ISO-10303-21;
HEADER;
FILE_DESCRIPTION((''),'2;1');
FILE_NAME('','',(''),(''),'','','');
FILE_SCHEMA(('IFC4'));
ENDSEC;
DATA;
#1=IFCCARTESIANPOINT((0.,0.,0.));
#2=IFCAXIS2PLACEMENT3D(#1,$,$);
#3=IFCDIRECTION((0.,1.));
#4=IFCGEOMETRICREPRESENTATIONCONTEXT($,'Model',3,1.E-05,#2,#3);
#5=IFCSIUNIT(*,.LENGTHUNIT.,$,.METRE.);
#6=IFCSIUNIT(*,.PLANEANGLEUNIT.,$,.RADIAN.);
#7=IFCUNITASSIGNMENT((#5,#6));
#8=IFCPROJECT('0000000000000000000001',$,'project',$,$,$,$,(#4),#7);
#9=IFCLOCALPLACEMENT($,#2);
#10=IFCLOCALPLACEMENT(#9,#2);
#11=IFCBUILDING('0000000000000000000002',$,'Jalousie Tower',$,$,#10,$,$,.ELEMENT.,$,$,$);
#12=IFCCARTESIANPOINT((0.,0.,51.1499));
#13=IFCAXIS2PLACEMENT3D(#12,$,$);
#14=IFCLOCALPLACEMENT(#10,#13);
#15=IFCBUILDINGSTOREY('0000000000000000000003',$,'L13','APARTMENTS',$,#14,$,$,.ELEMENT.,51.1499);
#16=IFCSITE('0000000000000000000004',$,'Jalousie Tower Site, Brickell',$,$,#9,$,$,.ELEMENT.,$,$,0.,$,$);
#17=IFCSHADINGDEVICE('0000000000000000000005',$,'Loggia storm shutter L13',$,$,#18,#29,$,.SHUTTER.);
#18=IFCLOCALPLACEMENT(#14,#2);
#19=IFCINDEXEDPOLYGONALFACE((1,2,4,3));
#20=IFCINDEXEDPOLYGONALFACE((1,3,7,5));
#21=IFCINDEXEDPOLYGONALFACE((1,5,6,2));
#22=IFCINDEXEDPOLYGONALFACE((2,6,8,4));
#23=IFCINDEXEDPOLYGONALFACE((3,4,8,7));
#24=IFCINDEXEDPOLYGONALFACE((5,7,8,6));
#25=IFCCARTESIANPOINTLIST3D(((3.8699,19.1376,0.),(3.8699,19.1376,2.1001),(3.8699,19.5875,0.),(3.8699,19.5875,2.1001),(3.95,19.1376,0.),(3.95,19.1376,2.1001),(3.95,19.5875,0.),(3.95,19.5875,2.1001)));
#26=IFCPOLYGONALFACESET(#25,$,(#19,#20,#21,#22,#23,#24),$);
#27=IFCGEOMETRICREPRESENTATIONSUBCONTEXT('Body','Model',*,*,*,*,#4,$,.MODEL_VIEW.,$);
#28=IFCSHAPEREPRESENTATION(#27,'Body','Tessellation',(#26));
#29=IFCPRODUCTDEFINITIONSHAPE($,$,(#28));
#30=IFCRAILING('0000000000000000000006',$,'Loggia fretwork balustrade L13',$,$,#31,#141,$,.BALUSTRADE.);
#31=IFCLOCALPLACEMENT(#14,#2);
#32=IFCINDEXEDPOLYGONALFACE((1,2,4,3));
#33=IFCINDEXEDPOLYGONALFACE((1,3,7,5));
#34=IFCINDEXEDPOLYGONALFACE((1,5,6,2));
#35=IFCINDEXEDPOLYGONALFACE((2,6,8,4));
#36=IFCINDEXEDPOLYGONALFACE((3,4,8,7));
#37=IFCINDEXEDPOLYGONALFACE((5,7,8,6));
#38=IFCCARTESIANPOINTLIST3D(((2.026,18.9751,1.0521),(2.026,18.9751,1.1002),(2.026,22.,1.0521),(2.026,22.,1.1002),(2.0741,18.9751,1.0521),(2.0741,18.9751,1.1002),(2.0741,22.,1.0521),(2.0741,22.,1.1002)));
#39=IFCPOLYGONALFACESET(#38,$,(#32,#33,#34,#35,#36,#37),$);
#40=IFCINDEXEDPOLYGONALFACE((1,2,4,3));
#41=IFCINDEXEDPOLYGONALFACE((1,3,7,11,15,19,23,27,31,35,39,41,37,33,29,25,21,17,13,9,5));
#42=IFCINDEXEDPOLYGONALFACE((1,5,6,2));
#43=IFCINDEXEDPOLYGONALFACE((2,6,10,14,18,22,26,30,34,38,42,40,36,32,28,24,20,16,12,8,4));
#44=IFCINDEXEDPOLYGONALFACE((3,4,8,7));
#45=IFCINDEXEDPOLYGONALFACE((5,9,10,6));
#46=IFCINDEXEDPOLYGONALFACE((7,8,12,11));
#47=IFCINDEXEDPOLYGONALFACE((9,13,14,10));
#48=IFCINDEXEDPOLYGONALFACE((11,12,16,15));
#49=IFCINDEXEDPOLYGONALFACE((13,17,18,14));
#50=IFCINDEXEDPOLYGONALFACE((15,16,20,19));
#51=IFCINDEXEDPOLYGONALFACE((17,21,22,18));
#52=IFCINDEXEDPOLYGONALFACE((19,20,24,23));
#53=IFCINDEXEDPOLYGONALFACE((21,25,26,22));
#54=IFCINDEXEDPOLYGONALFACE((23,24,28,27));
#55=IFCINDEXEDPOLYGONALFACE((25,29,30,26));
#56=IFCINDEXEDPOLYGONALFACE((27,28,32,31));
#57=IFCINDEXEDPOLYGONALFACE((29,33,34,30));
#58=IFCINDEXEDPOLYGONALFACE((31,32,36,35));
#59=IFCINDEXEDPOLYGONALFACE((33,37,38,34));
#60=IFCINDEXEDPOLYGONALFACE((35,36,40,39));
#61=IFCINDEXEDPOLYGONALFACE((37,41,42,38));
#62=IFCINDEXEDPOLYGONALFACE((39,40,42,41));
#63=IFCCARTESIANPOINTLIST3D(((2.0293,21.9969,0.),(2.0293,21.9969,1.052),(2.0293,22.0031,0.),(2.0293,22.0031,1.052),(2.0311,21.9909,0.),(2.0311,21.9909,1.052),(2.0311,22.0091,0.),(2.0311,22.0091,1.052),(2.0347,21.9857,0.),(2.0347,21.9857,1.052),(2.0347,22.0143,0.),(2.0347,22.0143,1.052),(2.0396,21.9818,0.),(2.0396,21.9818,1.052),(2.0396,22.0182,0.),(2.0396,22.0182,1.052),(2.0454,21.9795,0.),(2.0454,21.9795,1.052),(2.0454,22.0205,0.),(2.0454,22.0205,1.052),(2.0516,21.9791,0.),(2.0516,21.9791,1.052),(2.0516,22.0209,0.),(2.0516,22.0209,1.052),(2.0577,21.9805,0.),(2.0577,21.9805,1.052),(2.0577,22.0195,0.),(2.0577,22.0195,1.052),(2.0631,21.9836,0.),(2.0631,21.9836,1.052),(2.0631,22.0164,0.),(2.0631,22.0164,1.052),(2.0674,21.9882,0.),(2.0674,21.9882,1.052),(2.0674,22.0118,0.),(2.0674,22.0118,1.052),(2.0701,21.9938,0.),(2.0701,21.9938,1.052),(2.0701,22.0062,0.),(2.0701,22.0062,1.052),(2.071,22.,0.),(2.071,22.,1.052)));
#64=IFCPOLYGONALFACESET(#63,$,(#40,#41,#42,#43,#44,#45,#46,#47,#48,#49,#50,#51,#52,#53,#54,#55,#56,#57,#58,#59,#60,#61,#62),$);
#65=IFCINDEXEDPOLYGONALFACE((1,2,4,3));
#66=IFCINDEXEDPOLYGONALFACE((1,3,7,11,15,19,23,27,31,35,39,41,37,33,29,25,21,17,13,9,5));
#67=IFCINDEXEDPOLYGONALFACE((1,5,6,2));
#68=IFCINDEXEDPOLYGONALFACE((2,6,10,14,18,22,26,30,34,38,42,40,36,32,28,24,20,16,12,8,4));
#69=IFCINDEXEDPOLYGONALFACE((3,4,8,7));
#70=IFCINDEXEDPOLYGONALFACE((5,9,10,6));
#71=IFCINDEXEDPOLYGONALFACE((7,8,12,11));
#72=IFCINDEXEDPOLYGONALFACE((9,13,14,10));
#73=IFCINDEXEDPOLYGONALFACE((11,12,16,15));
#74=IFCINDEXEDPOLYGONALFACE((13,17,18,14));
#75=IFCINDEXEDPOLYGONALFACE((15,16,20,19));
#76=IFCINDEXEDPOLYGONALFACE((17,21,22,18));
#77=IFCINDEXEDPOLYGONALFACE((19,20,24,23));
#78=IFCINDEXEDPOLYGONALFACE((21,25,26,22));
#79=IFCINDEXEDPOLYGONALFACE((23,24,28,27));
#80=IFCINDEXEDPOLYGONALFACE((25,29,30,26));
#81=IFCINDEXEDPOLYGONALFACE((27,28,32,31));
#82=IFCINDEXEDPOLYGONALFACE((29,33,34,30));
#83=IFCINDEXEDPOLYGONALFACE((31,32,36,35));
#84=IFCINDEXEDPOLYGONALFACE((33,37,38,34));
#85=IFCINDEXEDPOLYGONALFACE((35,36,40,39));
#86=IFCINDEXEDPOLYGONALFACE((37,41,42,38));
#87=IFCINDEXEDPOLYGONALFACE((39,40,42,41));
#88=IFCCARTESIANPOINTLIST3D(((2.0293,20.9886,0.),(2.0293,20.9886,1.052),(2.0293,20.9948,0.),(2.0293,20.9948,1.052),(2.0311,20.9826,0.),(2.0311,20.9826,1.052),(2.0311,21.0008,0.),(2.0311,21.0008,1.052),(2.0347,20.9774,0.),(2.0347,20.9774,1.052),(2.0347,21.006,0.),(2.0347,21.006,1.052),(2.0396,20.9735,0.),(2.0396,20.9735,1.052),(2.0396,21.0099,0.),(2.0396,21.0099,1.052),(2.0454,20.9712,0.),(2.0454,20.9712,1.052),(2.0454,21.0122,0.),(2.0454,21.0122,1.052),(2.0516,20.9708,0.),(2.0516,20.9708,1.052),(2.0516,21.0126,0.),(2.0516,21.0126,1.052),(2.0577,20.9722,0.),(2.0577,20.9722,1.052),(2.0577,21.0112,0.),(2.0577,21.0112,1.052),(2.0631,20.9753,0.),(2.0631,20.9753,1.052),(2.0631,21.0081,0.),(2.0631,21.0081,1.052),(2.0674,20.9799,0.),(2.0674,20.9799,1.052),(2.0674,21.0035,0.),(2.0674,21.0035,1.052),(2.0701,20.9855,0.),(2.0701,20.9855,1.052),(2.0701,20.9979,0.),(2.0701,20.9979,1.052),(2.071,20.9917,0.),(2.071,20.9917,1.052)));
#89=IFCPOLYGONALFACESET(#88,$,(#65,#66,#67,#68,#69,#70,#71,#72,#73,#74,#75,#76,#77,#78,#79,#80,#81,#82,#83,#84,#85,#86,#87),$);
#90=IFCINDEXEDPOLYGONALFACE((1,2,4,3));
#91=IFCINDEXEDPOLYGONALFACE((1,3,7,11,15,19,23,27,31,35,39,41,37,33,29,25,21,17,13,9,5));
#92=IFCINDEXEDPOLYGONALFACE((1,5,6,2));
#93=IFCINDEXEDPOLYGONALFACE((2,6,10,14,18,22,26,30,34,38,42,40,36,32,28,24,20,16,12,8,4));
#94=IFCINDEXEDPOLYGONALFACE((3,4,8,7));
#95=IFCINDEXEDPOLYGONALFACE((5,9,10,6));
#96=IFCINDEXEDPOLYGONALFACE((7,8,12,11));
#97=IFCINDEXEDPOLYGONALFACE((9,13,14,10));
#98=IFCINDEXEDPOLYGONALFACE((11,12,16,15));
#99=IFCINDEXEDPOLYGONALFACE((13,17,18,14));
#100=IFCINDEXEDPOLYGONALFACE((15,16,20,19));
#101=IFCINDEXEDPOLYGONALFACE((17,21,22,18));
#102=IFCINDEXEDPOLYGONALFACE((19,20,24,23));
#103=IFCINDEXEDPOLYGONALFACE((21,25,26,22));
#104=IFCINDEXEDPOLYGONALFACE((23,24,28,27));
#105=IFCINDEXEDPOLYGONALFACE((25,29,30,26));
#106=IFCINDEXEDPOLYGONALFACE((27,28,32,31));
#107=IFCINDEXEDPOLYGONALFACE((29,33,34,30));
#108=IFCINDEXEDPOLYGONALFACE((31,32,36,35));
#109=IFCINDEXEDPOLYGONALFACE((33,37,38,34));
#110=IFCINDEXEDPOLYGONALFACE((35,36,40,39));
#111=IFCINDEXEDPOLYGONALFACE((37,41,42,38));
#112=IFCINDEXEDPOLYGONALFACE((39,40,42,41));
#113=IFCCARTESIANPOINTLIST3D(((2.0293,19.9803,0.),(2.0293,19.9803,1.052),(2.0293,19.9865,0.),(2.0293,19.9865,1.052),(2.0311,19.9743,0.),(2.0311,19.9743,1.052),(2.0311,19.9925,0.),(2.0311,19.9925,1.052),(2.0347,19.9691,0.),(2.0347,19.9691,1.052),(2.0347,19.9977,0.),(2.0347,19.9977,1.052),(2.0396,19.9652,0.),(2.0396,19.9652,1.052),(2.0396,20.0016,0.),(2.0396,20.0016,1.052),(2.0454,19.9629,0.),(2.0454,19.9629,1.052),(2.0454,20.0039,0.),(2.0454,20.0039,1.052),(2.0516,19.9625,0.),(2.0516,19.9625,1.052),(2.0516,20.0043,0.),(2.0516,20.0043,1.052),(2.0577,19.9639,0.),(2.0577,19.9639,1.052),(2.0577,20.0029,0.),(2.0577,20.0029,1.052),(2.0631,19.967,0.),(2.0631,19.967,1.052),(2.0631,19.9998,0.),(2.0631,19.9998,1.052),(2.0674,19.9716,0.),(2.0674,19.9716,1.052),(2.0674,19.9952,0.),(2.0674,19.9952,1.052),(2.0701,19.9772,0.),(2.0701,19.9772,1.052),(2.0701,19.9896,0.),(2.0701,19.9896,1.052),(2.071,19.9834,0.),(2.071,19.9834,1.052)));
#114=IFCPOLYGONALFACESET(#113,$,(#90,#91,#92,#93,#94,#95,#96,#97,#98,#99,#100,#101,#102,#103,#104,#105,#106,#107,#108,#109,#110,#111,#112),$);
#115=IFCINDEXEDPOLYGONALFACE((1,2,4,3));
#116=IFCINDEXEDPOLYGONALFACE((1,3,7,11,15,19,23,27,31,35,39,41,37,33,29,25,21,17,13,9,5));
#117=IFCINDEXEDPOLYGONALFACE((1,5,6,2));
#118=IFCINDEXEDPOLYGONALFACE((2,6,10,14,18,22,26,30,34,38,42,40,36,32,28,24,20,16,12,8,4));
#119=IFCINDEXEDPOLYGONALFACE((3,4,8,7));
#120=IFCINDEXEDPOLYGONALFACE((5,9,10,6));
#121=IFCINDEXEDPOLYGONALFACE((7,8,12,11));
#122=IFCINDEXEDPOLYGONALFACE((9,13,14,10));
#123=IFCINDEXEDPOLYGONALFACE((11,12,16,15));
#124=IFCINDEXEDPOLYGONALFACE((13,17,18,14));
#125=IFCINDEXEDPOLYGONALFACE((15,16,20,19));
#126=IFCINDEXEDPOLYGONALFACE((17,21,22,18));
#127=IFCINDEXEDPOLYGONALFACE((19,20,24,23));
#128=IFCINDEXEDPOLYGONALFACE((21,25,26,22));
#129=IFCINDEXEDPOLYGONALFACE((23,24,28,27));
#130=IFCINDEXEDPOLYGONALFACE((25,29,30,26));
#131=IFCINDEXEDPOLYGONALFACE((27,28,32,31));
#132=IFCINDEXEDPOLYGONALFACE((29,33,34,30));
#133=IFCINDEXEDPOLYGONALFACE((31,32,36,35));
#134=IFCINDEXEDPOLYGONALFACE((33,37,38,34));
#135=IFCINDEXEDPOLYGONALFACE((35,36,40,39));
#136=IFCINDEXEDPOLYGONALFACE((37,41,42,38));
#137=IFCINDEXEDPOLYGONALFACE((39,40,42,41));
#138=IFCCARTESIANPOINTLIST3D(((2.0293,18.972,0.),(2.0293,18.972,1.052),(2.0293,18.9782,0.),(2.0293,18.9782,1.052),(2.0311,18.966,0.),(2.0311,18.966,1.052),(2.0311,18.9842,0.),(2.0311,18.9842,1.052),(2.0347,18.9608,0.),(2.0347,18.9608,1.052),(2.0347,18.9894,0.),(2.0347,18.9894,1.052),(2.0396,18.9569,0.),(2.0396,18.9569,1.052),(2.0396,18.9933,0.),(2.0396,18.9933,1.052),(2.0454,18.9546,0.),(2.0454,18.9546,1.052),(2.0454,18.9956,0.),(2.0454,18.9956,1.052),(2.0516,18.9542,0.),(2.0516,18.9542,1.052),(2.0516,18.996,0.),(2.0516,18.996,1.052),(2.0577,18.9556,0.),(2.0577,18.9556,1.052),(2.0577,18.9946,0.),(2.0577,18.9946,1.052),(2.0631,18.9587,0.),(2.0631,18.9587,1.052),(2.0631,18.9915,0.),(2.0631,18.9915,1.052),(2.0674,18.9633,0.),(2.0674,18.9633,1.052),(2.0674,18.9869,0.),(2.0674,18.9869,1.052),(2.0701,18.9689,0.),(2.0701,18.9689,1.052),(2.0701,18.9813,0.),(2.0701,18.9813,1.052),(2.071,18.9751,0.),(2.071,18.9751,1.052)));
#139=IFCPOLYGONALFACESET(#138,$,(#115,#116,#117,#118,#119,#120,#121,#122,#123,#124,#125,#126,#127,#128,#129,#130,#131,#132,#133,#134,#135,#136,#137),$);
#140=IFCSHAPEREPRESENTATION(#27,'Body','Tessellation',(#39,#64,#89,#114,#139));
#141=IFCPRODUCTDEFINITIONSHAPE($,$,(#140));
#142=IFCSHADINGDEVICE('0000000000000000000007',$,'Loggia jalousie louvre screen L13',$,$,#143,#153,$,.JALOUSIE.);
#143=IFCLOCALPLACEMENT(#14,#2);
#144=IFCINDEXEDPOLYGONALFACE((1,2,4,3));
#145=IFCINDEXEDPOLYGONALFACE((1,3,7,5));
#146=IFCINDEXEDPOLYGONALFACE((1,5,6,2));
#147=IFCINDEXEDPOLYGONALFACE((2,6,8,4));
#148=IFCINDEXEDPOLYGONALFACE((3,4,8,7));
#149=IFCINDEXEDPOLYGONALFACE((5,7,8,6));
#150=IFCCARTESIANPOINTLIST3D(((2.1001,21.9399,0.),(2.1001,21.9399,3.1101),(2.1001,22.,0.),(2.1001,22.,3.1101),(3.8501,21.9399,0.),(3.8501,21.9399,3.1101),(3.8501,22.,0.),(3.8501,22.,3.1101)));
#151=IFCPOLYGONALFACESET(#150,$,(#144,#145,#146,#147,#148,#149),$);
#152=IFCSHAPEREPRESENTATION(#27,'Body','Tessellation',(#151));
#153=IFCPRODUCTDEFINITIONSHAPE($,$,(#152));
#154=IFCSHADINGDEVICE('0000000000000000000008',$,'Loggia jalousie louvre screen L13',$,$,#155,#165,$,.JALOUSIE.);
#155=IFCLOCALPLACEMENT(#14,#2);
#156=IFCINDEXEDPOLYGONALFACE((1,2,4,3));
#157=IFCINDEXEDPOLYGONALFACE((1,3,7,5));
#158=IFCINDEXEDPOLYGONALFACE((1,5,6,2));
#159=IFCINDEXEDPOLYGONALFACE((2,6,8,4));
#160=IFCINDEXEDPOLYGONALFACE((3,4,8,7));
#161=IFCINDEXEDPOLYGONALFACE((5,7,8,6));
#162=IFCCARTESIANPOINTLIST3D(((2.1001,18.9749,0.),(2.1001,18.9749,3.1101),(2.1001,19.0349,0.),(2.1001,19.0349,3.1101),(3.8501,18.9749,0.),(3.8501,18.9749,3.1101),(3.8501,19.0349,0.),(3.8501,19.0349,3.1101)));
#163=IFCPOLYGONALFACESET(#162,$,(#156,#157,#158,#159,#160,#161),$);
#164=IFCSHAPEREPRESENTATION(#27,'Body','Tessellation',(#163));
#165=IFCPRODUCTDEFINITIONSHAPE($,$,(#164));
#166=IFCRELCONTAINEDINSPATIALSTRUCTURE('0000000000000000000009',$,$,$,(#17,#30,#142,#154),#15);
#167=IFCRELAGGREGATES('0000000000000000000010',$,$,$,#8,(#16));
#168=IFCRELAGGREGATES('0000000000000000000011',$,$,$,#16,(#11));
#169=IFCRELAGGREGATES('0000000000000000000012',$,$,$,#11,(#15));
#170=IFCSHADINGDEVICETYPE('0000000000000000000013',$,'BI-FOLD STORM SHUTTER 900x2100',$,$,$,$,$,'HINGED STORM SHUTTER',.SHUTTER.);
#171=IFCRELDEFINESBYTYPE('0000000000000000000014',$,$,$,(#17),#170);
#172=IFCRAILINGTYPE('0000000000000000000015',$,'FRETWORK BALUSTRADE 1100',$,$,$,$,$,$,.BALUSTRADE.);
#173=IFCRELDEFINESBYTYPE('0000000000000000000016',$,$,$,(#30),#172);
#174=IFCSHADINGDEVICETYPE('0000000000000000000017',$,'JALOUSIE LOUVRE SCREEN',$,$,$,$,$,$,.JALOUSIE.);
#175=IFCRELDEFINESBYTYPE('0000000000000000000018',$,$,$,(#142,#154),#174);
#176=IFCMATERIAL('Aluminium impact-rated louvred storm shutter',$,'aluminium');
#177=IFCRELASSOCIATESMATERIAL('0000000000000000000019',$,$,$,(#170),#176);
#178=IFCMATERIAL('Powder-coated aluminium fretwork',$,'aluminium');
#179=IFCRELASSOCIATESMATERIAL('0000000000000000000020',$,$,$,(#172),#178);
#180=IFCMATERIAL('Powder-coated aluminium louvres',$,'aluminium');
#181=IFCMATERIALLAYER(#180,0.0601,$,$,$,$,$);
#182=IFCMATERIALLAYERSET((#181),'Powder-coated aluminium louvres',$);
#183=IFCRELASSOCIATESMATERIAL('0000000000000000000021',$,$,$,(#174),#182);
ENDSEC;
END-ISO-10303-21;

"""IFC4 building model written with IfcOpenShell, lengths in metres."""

from ifc_helpers import new_model, si_unit, direction, frame, origin, origin_2d, place, context, subcontext, project, spatial, rectangle, circle, extrude, material, layer, layer_set, type_object, element, save


model = new_model("IFC4")

# Units and contexts
model_context = context("Model", 3, precision=1e-05, world=origin(), true_north=direction((0.0, 1.0)))
body_context = subcontext(model_context, "Body", "Model", "MODEL_VIEW")
ifc_project = project(units=[si_unit("LENGTHUNIT", "METRE"), si_unit("PLANEANGLEUNIT", "RADIAN")], contexts=[model_context])

# Site, building, storey
site_placement = place(None, origin())
site = spatial("IfcSite", under=ifc_project, at=site_placement, Name="Jalousie Tower Site, Brickell", CompositionType="ELEMENT", RefElevation=0.0)
building_placement = place(site_placement, origin())
building = spatial("IfcBuilding", under=site, at=building_placement, Name="Jalousie Tower", CompositionType="ELEMENT")
storey_placement = place(building_placement, frame((0.0, 0.0, 51.1499)))
storey = spatial("IfcBuildingStorey", under=building, at=storey_placement, Name="L13", Description="APARTMENTS", CompositionType="ELEMENT", Elevation=51.1499)

# Shading device
ifc_material_1 = material(Name="Aluminium impact-rated louvred storm shutter", Category="aluminium")
shading_device_type_1 = type_object("IfcShadingDeviceType", Name="BI-FOLD STORM SHUTTER 900x2100", ElementType="HINGED STORM SHUTTER", PredefinedType="SHUTTER", material=ifc_material_1)
for number, where, z_axis, x_axis, name in (
    (1, (3.9099, 19.3625, 0.0), (0.0, 0.0, 1.0), (0.0, -1.0, 0.0), "Loggia storm shutter L13"),
):
    element("IfcShadingDevice", number, at=place(storey_placement, frame(where, z_axis=z_axis, x_axis=x_axis)), inside=storey, type_object=shading_device_type_1, Name=name, PredefinedType="SHUTTER", context=body_context, shape_type="SweptSolid", body=[
        extrude(rectangle(XDim=0.45, YDim=0.0801, at=origin_2d()), origin(), (0.0, 0.0, 1.0), 2.1001),
    ])

# Railing
ifc_material_2 = material(Name="Powder-coated aluminium fretwork", Category="aluminium")
railing_type = type_object("IfcRailingType", Name="FRETWORK BALUSTRADE 1100", PredefinedType="BALUSTRADE", material=ifc_material_2)
railing_placement = place(storey_placement, frame((2.05, 22.0, 0.0)))
element("IfcRailing", 2, at=railing_placement, inside=storey, type_object=railing_type, Name="Loggia fretwork balustrade L13", PredefinedType="BALUSTRADE", context=body_context, shape_type="SweptSolid", body=[
    extrude(rectangle(XDim=0.0481, YDim=0.0481, at=origin_2d()), frame((0.0, 0.0, 1.0762), z_axis=(0.0, -1.0, 0.0), x_axis=(1.0, 0.0, 0.0)), (0.0, 0.0, 1.0), 3.0249),
    extrude(circle(Radius=0.021, at=origin_2d()), origin(), (0.0, 0.0, 1.0), 1.052),
    extrude(circle(Radius=0.021, at=origin_2d()), frame((0.0, -1.0083, 0.0)), (0.0, 0.0, 1.0), 1.052),
    extrude(circle(Radius=0.021, at=origin_2d()), frame((0.0, -2.0166, 0.0)), (0.0, 0.0, 1.0), 1.052),
    extrude(circle(Radius=0.021, at=origin_2d()), frame((0.0, -3.0249, 0.0)), (0.0, 0.0, 1.0), 1.052),
])

# Shading devices
ifc_material_3 = material(Name="Powder-coated aluminium louvres", Category="aluminium")
ifc_layer_1 = layer(ifc_material_3, 0.0601)
ifc_layer_set_1 = layer_set([ifc_layer_1], Name="Powder-coated aluminium louvres")
shading_device_type_2 = type_object("IfcShadingDeviceType", Name="JALOUSIE LOUVRE SCREEN", PredefinedType="JALOUSIE", material=ifc_layer_set_1)
for number, where, z_axis, x_axis, name in (
    (3, (2.9751, 21.97, 0.0), (0.0, 0.0, 1.0), (0.0, -1.0, 0.0), "Loggia jalousie louvre screen L13"),
    (4, (2.9751, 19.0049, 0.0), (0.0, 0.0, 1.0), (0.0, -1.0, 0.0), "Loggia jalousie louvre screen L13"),
):
    element("IfcShadingDevice", number, at=place(storey_placement, frame(where, z_axis=z_axis, x_axis=x_axis)), inside=storey, type_object=shading_device_type_2, Name=name, PredefinedType="JALOUSIE", context=body_context, shape_type="SweptSolid", body=[
        extrude(rectangle(XDim=0.0601, YDim=1.75, at=origin_2d()), origin(), (0.0, 0.0, 1.0), 3.1101),
    ])

save(model, "model.ifc")
